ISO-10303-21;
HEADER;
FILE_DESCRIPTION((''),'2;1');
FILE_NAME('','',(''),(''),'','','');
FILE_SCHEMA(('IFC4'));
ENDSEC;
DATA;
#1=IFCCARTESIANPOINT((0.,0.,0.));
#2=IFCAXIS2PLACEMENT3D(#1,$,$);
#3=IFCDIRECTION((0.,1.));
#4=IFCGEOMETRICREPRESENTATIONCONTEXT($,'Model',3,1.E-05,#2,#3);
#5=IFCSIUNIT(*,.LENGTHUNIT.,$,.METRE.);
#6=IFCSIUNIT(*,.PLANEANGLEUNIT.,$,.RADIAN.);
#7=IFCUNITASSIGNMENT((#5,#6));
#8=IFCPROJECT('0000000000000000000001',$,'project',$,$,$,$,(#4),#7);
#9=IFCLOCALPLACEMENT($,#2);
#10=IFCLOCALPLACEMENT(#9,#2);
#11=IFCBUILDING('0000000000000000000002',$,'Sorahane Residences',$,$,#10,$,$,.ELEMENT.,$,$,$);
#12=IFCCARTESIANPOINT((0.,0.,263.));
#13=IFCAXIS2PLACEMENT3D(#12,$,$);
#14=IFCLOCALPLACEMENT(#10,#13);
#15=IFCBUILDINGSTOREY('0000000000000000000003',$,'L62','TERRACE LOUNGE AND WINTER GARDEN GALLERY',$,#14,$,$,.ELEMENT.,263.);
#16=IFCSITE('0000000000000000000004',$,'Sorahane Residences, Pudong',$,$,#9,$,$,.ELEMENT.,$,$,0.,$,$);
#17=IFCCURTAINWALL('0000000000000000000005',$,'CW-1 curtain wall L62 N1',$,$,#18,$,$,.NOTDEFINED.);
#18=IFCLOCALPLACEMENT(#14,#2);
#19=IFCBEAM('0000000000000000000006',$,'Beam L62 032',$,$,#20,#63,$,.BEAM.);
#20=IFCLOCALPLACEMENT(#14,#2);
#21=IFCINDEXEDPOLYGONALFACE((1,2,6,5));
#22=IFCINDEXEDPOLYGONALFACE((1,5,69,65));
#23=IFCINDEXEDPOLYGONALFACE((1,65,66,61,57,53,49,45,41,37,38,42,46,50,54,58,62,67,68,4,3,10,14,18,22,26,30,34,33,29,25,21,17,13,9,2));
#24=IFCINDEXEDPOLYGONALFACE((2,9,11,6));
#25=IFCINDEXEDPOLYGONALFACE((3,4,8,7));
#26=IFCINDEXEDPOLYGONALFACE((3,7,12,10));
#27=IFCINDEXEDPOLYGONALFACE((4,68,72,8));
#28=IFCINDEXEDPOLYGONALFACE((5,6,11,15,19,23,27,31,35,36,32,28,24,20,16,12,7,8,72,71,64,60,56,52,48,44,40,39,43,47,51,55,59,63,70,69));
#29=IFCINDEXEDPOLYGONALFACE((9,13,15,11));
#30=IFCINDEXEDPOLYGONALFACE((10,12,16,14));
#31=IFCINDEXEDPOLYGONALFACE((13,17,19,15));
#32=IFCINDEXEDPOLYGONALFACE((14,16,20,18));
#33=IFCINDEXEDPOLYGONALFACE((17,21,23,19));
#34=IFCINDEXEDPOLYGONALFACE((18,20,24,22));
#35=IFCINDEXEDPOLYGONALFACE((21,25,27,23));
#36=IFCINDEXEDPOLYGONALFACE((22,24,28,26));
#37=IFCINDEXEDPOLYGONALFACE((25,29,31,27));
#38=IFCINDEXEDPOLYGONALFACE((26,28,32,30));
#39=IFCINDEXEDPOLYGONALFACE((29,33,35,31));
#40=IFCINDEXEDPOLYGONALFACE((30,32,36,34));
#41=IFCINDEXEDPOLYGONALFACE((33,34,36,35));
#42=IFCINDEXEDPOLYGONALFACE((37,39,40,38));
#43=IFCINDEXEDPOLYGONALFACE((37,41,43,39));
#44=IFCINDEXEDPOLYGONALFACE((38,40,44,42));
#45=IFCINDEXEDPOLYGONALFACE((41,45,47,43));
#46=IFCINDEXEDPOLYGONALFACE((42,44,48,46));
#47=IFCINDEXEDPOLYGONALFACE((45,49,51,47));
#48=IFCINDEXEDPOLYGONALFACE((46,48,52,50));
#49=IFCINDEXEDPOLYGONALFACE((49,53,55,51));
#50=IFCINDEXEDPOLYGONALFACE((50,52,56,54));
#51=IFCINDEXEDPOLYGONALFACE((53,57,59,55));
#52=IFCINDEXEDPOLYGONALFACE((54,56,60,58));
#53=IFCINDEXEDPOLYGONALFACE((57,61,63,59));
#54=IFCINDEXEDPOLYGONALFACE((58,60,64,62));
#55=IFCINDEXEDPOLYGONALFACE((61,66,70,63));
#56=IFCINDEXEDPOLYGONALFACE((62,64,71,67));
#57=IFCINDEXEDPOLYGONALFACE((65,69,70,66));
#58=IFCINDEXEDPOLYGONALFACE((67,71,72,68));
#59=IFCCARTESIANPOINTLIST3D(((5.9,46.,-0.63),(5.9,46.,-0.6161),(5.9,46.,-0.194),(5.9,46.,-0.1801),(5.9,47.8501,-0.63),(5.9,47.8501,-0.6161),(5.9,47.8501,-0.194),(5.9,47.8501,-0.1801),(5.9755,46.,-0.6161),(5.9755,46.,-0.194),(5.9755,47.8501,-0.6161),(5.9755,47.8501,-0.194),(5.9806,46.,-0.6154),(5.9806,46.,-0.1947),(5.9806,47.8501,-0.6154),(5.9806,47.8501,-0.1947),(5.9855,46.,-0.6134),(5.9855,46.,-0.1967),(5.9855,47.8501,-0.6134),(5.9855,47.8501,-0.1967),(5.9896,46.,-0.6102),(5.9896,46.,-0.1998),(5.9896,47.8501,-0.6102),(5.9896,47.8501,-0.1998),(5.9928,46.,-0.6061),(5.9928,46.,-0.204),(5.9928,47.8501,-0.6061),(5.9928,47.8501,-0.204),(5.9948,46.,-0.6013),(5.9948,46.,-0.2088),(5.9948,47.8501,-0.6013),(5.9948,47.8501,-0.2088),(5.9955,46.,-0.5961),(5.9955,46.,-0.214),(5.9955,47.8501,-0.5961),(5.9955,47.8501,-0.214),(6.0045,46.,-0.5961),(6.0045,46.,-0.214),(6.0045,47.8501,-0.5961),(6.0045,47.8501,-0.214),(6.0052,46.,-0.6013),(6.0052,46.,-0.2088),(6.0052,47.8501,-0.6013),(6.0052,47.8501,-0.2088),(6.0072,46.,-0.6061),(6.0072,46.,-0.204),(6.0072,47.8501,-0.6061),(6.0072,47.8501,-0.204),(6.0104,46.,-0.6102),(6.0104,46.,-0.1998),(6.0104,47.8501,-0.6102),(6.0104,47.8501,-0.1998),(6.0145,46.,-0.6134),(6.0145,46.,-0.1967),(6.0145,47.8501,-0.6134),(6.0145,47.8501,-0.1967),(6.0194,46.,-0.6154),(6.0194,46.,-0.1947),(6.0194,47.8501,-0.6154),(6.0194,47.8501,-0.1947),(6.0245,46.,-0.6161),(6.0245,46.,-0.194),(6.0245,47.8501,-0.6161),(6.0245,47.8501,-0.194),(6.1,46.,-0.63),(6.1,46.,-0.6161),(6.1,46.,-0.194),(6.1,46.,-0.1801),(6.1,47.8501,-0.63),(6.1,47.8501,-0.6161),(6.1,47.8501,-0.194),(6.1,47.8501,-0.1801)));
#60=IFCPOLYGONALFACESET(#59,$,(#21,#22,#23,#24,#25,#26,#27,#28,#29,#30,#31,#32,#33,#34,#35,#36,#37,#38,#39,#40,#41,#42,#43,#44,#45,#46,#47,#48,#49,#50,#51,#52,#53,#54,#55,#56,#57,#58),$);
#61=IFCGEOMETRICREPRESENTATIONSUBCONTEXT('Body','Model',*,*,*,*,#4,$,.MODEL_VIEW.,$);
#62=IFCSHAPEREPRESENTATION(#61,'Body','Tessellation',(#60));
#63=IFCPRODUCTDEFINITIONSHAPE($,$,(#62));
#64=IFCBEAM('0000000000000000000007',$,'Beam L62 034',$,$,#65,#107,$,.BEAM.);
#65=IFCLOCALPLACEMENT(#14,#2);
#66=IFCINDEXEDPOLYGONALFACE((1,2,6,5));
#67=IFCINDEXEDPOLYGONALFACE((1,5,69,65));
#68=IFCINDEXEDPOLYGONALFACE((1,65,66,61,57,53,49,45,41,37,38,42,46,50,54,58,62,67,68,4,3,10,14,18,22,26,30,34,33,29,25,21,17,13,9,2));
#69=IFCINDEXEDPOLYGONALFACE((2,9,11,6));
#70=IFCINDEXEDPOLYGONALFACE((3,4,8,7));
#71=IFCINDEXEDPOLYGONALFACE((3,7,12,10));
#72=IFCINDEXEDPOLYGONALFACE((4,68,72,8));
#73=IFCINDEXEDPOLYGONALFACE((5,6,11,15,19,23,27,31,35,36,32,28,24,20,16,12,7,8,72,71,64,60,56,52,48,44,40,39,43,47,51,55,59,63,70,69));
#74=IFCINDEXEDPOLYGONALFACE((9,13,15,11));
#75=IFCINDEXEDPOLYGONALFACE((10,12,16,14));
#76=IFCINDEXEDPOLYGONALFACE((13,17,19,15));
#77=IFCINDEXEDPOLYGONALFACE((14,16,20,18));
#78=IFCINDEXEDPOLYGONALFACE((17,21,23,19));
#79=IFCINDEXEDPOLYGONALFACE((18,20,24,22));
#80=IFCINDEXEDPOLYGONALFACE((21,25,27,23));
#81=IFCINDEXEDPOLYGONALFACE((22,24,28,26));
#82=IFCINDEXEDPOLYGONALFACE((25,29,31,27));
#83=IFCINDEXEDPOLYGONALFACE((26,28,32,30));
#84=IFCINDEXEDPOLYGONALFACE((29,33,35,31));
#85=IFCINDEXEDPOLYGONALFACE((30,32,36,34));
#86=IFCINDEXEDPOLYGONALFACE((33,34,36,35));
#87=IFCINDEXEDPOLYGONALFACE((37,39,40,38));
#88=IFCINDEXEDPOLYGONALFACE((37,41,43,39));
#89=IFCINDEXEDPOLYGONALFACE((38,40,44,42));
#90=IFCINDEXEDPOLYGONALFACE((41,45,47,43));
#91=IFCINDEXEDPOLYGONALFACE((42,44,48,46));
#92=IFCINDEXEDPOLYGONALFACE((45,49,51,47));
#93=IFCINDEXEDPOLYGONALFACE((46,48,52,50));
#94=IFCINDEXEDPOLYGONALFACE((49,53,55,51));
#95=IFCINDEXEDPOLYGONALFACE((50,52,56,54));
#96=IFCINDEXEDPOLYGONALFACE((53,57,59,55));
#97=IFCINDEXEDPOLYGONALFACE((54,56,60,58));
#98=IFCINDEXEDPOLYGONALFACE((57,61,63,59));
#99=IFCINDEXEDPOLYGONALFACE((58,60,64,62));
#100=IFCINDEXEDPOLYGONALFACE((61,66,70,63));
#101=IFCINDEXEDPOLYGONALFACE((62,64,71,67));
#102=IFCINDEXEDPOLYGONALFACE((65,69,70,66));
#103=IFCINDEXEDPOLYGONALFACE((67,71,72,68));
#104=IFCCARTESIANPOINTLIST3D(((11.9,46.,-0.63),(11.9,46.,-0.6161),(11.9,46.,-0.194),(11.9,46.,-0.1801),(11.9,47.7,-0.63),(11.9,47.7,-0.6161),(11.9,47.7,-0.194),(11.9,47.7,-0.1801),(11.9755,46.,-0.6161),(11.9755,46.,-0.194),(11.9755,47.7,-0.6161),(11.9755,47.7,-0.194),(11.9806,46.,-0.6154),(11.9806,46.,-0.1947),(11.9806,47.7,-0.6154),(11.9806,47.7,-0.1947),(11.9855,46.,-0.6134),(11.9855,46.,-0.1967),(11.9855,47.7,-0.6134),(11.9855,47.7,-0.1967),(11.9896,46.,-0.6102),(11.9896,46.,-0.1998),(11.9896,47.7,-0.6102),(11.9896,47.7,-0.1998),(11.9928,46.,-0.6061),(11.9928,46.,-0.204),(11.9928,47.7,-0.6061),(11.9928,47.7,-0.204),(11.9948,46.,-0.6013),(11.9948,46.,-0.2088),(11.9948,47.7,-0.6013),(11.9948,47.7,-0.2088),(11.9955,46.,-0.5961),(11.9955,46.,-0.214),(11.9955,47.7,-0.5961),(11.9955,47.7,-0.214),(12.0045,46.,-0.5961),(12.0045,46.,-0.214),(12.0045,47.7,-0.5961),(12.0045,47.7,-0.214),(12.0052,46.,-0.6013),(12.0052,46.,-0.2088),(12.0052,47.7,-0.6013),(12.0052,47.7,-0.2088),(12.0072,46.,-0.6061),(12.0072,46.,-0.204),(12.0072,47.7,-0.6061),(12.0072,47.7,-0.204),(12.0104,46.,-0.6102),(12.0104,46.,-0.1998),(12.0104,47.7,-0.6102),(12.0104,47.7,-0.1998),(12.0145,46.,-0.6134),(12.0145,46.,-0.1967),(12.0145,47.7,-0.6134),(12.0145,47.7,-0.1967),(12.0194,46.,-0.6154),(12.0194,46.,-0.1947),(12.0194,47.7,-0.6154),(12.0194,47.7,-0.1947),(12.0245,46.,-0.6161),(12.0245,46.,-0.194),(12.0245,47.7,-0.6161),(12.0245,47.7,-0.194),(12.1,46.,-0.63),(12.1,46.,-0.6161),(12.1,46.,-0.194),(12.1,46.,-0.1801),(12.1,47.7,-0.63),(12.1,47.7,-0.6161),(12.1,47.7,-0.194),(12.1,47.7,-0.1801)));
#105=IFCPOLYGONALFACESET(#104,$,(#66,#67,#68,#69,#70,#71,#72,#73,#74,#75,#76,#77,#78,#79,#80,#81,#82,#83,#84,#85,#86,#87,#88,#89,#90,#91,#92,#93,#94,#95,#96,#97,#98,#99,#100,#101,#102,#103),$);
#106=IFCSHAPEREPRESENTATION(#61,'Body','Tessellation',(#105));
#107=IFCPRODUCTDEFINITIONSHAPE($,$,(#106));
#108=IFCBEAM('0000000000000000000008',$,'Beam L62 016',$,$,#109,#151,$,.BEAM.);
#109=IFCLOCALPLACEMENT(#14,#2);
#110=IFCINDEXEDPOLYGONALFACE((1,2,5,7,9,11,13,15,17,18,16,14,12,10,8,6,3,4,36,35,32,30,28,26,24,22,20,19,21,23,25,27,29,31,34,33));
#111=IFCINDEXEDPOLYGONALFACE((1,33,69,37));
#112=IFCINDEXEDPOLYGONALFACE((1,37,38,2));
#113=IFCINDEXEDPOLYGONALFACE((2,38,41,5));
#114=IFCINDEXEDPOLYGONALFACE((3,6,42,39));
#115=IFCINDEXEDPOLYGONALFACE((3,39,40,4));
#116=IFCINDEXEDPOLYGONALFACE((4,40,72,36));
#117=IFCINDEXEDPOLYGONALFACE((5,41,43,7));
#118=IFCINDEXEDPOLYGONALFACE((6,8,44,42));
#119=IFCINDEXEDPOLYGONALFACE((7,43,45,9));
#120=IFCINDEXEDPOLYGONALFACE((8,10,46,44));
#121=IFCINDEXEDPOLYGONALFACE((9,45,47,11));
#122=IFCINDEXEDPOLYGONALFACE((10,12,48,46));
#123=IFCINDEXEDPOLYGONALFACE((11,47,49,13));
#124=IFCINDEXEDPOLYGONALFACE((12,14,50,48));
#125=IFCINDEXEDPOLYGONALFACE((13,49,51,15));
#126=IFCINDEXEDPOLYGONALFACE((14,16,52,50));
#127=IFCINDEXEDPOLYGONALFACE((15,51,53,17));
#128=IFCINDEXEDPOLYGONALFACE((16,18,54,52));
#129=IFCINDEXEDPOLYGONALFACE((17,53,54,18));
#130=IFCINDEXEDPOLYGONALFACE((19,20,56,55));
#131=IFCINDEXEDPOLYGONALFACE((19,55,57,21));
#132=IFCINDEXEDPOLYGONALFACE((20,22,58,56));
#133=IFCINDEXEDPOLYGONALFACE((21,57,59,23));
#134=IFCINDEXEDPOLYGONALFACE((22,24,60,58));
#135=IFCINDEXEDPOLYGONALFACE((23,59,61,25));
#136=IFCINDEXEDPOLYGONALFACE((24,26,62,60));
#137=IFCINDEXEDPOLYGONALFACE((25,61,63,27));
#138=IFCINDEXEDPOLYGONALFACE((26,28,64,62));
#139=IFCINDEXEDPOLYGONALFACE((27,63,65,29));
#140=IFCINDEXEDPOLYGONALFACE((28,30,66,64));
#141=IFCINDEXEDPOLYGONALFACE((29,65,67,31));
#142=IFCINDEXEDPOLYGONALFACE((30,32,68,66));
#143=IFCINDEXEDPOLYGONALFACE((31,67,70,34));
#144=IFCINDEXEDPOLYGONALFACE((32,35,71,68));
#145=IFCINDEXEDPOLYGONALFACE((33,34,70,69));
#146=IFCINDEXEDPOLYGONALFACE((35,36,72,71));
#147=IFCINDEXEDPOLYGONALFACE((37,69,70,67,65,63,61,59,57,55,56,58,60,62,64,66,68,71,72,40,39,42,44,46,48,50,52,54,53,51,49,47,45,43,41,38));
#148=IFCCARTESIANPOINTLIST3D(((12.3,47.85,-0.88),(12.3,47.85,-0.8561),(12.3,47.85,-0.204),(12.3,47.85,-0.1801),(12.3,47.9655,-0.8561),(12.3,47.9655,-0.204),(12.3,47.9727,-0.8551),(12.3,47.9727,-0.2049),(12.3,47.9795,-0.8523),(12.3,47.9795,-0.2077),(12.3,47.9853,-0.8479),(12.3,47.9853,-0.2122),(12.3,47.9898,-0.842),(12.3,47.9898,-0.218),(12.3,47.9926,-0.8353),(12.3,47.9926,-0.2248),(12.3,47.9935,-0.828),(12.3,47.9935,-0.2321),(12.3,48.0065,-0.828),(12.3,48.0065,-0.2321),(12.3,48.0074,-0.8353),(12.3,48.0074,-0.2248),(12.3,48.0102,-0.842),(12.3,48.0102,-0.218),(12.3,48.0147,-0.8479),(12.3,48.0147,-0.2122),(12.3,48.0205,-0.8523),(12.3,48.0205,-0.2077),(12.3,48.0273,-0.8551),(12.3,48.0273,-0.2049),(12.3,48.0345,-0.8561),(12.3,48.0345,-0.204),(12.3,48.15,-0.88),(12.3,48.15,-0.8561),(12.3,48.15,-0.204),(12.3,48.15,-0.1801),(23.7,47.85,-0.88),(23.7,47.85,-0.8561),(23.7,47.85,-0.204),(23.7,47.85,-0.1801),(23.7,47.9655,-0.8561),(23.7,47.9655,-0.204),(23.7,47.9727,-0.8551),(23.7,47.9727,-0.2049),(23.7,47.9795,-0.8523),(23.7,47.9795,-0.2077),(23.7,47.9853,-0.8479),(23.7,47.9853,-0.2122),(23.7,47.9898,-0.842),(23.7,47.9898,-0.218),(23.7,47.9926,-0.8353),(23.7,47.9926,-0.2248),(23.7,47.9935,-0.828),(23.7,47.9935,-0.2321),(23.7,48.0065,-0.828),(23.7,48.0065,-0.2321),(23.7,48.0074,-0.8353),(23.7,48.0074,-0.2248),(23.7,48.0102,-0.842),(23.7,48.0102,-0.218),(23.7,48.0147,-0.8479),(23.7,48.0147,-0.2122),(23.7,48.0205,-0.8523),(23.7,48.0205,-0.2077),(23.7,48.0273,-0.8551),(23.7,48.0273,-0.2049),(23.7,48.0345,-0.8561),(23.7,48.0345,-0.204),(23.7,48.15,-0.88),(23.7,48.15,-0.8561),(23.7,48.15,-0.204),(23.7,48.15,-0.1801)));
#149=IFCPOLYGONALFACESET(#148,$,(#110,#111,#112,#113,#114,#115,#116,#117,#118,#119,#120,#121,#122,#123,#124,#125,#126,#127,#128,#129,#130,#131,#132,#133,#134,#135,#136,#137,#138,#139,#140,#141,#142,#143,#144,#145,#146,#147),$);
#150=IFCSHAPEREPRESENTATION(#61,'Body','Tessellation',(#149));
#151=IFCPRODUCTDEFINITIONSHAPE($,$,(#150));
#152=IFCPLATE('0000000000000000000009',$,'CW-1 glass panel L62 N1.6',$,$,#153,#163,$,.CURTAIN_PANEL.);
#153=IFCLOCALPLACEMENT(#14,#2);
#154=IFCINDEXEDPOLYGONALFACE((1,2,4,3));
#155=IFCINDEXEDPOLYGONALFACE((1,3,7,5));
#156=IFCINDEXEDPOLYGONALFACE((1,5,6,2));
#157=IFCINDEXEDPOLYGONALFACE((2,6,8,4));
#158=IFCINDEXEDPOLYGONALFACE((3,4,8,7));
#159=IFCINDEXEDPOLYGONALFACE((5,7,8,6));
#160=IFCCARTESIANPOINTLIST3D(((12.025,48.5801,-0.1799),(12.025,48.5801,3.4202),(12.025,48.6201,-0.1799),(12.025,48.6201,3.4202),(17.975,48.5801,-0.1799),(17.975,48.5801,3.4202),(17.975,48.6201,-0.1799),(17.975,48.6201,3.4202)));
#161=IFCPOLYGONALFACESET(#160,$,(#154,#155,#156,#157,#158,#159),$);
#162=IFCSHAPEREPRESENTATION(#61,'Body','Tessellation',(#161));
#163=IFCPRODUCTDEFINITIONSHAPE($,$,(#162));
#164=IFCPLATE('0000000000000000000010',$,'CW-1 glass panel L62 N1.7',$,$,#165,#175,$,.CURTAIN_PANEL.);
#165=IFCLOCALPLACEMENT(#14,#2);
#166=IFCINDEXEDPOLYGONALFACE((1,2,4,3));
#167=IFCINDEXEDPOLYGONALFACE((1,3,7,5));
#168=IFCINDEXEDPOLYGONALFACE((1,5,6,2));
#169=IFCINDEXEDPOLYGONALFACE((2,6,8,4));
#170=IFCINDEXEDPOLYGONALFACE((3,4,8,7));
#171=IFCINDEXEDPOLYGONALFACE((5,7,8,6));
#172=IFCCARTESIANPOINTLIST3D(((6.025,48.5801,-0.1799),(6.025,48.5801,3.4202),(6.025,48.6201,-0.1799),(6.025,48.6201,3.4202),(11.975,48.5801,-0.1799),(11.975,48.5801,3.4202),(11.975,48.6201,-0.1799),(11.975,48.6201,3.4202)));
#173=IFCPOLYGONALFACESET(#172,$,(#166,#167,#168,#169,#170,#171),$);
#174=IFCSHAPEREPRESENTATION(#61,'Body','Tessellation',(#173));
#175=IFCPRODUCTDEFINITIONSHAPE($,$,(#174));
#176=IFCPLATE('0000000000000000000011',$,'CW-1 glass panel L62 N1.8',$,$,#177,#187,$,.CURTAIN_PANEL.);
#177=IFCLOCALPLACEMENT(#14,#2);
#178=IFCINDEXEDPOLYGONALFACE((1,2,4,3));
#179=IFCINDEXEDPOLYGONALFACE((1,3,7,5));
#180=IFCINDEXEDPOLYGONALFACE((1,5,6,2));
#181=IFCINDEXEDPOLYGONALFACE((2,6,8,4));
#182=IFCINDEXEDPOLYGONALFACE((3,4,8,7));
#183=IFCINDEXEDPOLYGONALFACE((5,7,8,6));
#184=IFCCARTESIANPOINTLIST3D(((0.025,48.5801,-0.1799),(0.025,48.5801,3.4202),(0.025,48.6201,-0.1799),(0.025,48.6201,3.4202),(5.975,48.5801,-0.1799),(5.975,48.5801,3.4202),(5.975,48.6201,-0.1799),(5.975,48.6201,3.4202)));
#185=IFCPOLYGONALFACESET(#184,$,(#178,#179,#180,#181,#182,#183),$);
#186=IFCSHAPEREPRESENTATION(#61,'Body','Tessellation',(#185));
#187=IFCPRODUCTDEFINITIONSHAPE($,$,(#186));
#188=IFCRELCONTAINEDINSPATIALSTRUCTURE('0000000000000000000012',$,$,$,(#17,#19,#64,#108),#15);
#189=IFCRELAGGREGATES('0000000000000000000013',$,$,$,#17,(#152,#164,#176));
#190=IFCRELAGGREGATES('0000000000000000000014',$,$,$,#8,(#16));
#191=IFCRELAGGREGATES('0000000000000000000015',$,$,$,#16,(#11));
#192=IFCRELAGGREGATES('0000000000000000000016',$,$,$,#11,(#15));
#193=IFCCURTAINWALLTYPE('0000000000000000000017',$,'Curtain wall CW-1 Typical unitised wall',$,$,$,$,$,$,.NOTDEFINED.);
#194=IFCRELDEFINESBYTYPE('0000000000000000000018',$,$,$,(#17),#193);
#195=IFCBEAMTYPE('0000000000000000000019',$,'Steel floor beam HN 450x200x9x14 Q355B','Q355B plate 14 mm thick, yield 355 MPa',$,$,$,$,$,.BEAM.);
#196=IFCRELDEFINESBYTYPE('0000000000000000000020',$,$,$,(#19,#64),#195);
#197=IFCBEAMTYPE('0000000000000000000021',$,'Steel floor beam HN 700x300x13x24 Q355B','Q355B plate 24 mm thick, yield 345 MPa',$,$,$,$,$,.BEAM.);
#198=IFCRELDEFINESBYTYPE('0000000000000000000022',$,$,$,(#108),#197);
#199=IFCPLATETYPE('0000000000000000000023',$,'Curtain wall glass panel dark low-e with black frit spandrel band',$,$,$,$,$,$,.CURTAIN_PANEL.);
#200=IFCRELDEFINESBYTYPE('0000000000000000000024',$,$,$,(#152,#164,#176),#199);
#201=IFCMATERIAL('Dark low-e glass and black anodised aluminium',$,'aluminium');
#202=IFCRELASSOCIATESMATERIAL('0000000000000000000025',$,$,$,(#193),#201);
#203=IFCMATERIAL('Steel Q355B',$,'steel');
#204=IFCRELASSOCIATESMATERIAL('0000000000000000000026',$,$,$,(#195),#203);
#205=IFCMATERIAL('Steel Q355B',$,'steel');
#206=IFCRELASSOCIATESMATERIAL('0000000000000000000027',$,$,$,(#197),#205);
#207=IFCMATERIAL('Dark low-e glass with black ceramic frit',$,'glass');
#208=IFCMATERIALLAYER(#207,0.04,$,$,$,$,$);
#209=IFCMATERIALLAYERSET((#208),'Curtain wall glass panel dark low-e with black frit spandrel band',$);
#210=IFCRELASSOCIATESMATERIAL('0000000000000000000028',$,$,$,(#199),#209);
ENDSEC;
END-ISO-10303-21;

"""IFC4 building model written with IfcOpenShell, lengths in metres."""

from ifc_helpers import new_model, si_unit, direction, frame, origin, origin_2d, place, context, subcontext, project, spatial, rectangle, i_section, extrude, material, layer, layer_set, material_profile, profile_set, type_object, element, aggregate, save


model = new_model("IFC4")

# Units and contexts
model_context = context("Model", 3, precision=1e-05, world=origin(), true_north=direction((0.0, 1.0)))
body_context = subcontext(model_context, "Body", "Model", "MODEL_VIEW")
ifc_project = project(units=[si_unit("LENGTHUNIT", "METRE"), si_unit("PLANEANGLEUNIT", "RADIAN")], contexts=[model_context])

# Site, building, storey
site_placement = place(None, origin())
site = spatial("IfcSite", under=ifc_project, at=site_placement, Name="Sorahane Residences, Pudong", CompositionType="ELEMENT", RefElevation=0.0)
building_placement = place(site_placement, origin())
building = spatial("IfcBuilding", under=site, at=building_placement, Name="Sorahane Residences", CompositionType="ELEMENT")
storey_placement = place(building_placement, frame((0.0, 0.0, 263.0)))
storey = spatial("IfcBuildingStorey", under=building, at=storey_placement, Name="L62", Description="TERRACE LOUNGE AND WINTER GARDEN GALLERY", CompositionType="ELEMENT", Elevation=263.0)

# Curtain wall
ifc_material_1 = material(Name="Dark low-e glass and black anodised aluminium", Category="aluminium")
curtain_wall_type = type_object("IfcCurtainWallType", Name="Curtain wall CW-1 Typical unitised wall", PredefinedType="NOTDEFINED", material=ifc_material_1)
curtain_wall_placement = place(storey_placement, origin())
curtain_wall = element("IfcCurtainWall", 1, at=curtain_wall_placement, inside=storey, type_object=curtain_wall_type, Name="CW-1 curtain wall L62 N1", PredefinedType="NOTDEFINED")

# Beams
ifc_material_2 = material(Name="Steel Q355B", Category="steel")
ifc_material_profile_1 = material_profile(ifc_material_2, i_section(OverallWidth=0.2, OverallDepth=0.45, WebThickness=0.009, FlangeThickness=0.0139, FilletRadius=0.02, at=origin_2d()), Name="HN 450x200x9x14")
ifc_profile_set_1 = profile_set([ifc_material_profile_1], Name="Steel Q355B")
beam_type_1 = type_object("IfcBeamType", Name="Steel floor beam HN 450x200x9x14 Q355B", Description="Q355B plate 14 mm thick, yield 355 MPa", PredefinedType="BEAM", material=ifc_profile_set_1)
beam_1_placement = place(storey_placement, frame((6.0, 46.0, -0.405), z_axis=(0.0, 1.0, 0.0), x_axis=(-1.0, 0.0, 0.0)))
element("IfcBeam", 2, at=beam_1_placement, inside=storey, type_object=beam_type_1, Name="Beam L62 032", PredefinedType="BEAM", context=body_context, shape_type="SweptSolid", body=[
    extrude(i_section(OverallWidth=0.2, OverallDepth=0.45, WebThickness=0.009, FlangeThickness=0.0139, FilletRadius=0.02, at=origin_2d()), origin(), (0.0, 0.0, 1.0), 1.8501),
])
beam_2_placement = place(storey_placement, frame((12.0, 46.0, -0.405), z_axis=(0.0, 1.0, 0.0), x_axis=(-1.0, 0.0, 0.0)))
element("IfcBeam", 3, at=beam_2_placement, inside=storey, type_object=beam_type_1, Name="Beam L62 034", PredefinedType="BEAM", context=body_context, shape_type="SweptSolid", body=[
    extrude(i_section(OverallWidth=0.2, OverallDepth=0.45, WebThickness=0.009, FlangeThickness=0.0139, FilletRadius=0.02, at=origin_2d()), origin(), (0.0, 0.0, 1.0), 1.7),
])
ifc_material_3 = material(Name="Steel Q355B", Category="steel")
ifc_material_profile_2 = material_profile(ifc_material_3, i_section(OverallWidth=0.3, OverallDepth=0.7, WebThickness=0.0129, FlangeThickness=0.0239, FilletRadius=0.0281, at=origin_2d()), Name="HN 700x300x13x24")
ifc_profile_set_2 = profile_set([ifc_material_profile_2], Name="Steel Q355B")
beam_type_2 = type_object("IfcBeamType", Name="Steel floor beam HN 700x300x13x24 Q355B", Description="Q355B plate 24 mm thick, yield 345 MPa", PredefinedType="BEAM", material=ifc_profile_set_2)
beam_3_placement = place(storey_placement, frame((12.3, 48.0, -0.53), z_axis=(1.0, 0.0, 0.0), x_axis=(0.0, 1.0, 0.0)))
element("IfcBeam", 4, at=beam_3_placement, inside=storey, type_object=beam_type_2, Name="Beam L62 016", PredefinedType="BEAM", context=body_context, shape_type="SweptSolid", body=[
    extrude(i_section(OverallWidth=0.3, OverallDepth=0.7, WebThickness=0.0129, FlangeThickness=0.0239, FilletRadius=0.0281, at=origin_2d()), origin(), (0.0, 0.0, 1.0), 11.3999),
])

# Plates
ifc_material_4 = material(Name="Dark low-e glass with black ceramic frit", Category="glass")
ifc_layer_1 = layer(ifc_material_4, 0.04)
ifc_layer_set_1 = layer_set([ifc_layer_1], Name="Curtain wall glass panel dark low-e with black frit spandrel band")
plate_type = type_object("IfcPlateType", Name="Curtain wall glass panel dark low-e with black frit spandrel band", PredefinedType="CURTAIN_PANEL", material=ifc_layer_set_1)
plate_1_placement = place(storey_placement, frame((15.0, 48.6001, -0.1799), z_axis=(0.0, 0.0, 1.0), x_axis=(-1.0, 0.0, 0.0)))
plate_1 = element("IfcPlate", 5, at=plate_1_placement, type_object=plate_type, Name="CW-1 glass panel L62 N1.6", PredefinedType="CURTAIN_PANEL", context=body_context, shape_type="SweptSolid", body=[
    extrude(rectangle(XDim=5.95, YDim=0.04, at=origin_2d()), origin(), (0.0, 0.0, 1.0), 3.6001),
])
plate_2_placement = place(storey_placement, frame((9.0, 48.6001, -0.1799), z_axis=(0.0, 0.0, 1.0), x_axis=(-1.0, 0.0, 0.0)))
plate_2 = element("IfcPlate", 6, at=plate_2_placement, type_object=plate_type, Name="CW-1 glass panel L62 N1.7", PredefinedType="CURTAIN_PANEL", context=body_context, shape_type="SweptSolid", body=[
    extrude(rectangle(XDim=5.95, YDim=0.04, at=origin_2d()), origin(), (0.0, 0.0, 1.0), 3.6001),
])
plate_3_placement = place(storey_placement, frame((3.0, 48.6001, -0.1799), z_axis=(0.0, 0.0, 1.0), x_axis=(-1.0, 0.0, 0.0)))
plate_3 = element("IfcPlate", 7, at=plate_3_placement, type_object=plate_type, Name="CW-1 glass panel L62 N1.8", PredefinedType="CURTAIN_PANEL", context=body_context, shape_type="SweptSolid", body=[
    extrude(rectangle(XDim=5.95, YDim=0.04, at=origin_2d()), origin(), (0.0, 0.0, 1.0), 3.6001),
])
aggregate(curtain_wall, [plate_1, plate_2, plate_3])

save(model, "model.ifc")
